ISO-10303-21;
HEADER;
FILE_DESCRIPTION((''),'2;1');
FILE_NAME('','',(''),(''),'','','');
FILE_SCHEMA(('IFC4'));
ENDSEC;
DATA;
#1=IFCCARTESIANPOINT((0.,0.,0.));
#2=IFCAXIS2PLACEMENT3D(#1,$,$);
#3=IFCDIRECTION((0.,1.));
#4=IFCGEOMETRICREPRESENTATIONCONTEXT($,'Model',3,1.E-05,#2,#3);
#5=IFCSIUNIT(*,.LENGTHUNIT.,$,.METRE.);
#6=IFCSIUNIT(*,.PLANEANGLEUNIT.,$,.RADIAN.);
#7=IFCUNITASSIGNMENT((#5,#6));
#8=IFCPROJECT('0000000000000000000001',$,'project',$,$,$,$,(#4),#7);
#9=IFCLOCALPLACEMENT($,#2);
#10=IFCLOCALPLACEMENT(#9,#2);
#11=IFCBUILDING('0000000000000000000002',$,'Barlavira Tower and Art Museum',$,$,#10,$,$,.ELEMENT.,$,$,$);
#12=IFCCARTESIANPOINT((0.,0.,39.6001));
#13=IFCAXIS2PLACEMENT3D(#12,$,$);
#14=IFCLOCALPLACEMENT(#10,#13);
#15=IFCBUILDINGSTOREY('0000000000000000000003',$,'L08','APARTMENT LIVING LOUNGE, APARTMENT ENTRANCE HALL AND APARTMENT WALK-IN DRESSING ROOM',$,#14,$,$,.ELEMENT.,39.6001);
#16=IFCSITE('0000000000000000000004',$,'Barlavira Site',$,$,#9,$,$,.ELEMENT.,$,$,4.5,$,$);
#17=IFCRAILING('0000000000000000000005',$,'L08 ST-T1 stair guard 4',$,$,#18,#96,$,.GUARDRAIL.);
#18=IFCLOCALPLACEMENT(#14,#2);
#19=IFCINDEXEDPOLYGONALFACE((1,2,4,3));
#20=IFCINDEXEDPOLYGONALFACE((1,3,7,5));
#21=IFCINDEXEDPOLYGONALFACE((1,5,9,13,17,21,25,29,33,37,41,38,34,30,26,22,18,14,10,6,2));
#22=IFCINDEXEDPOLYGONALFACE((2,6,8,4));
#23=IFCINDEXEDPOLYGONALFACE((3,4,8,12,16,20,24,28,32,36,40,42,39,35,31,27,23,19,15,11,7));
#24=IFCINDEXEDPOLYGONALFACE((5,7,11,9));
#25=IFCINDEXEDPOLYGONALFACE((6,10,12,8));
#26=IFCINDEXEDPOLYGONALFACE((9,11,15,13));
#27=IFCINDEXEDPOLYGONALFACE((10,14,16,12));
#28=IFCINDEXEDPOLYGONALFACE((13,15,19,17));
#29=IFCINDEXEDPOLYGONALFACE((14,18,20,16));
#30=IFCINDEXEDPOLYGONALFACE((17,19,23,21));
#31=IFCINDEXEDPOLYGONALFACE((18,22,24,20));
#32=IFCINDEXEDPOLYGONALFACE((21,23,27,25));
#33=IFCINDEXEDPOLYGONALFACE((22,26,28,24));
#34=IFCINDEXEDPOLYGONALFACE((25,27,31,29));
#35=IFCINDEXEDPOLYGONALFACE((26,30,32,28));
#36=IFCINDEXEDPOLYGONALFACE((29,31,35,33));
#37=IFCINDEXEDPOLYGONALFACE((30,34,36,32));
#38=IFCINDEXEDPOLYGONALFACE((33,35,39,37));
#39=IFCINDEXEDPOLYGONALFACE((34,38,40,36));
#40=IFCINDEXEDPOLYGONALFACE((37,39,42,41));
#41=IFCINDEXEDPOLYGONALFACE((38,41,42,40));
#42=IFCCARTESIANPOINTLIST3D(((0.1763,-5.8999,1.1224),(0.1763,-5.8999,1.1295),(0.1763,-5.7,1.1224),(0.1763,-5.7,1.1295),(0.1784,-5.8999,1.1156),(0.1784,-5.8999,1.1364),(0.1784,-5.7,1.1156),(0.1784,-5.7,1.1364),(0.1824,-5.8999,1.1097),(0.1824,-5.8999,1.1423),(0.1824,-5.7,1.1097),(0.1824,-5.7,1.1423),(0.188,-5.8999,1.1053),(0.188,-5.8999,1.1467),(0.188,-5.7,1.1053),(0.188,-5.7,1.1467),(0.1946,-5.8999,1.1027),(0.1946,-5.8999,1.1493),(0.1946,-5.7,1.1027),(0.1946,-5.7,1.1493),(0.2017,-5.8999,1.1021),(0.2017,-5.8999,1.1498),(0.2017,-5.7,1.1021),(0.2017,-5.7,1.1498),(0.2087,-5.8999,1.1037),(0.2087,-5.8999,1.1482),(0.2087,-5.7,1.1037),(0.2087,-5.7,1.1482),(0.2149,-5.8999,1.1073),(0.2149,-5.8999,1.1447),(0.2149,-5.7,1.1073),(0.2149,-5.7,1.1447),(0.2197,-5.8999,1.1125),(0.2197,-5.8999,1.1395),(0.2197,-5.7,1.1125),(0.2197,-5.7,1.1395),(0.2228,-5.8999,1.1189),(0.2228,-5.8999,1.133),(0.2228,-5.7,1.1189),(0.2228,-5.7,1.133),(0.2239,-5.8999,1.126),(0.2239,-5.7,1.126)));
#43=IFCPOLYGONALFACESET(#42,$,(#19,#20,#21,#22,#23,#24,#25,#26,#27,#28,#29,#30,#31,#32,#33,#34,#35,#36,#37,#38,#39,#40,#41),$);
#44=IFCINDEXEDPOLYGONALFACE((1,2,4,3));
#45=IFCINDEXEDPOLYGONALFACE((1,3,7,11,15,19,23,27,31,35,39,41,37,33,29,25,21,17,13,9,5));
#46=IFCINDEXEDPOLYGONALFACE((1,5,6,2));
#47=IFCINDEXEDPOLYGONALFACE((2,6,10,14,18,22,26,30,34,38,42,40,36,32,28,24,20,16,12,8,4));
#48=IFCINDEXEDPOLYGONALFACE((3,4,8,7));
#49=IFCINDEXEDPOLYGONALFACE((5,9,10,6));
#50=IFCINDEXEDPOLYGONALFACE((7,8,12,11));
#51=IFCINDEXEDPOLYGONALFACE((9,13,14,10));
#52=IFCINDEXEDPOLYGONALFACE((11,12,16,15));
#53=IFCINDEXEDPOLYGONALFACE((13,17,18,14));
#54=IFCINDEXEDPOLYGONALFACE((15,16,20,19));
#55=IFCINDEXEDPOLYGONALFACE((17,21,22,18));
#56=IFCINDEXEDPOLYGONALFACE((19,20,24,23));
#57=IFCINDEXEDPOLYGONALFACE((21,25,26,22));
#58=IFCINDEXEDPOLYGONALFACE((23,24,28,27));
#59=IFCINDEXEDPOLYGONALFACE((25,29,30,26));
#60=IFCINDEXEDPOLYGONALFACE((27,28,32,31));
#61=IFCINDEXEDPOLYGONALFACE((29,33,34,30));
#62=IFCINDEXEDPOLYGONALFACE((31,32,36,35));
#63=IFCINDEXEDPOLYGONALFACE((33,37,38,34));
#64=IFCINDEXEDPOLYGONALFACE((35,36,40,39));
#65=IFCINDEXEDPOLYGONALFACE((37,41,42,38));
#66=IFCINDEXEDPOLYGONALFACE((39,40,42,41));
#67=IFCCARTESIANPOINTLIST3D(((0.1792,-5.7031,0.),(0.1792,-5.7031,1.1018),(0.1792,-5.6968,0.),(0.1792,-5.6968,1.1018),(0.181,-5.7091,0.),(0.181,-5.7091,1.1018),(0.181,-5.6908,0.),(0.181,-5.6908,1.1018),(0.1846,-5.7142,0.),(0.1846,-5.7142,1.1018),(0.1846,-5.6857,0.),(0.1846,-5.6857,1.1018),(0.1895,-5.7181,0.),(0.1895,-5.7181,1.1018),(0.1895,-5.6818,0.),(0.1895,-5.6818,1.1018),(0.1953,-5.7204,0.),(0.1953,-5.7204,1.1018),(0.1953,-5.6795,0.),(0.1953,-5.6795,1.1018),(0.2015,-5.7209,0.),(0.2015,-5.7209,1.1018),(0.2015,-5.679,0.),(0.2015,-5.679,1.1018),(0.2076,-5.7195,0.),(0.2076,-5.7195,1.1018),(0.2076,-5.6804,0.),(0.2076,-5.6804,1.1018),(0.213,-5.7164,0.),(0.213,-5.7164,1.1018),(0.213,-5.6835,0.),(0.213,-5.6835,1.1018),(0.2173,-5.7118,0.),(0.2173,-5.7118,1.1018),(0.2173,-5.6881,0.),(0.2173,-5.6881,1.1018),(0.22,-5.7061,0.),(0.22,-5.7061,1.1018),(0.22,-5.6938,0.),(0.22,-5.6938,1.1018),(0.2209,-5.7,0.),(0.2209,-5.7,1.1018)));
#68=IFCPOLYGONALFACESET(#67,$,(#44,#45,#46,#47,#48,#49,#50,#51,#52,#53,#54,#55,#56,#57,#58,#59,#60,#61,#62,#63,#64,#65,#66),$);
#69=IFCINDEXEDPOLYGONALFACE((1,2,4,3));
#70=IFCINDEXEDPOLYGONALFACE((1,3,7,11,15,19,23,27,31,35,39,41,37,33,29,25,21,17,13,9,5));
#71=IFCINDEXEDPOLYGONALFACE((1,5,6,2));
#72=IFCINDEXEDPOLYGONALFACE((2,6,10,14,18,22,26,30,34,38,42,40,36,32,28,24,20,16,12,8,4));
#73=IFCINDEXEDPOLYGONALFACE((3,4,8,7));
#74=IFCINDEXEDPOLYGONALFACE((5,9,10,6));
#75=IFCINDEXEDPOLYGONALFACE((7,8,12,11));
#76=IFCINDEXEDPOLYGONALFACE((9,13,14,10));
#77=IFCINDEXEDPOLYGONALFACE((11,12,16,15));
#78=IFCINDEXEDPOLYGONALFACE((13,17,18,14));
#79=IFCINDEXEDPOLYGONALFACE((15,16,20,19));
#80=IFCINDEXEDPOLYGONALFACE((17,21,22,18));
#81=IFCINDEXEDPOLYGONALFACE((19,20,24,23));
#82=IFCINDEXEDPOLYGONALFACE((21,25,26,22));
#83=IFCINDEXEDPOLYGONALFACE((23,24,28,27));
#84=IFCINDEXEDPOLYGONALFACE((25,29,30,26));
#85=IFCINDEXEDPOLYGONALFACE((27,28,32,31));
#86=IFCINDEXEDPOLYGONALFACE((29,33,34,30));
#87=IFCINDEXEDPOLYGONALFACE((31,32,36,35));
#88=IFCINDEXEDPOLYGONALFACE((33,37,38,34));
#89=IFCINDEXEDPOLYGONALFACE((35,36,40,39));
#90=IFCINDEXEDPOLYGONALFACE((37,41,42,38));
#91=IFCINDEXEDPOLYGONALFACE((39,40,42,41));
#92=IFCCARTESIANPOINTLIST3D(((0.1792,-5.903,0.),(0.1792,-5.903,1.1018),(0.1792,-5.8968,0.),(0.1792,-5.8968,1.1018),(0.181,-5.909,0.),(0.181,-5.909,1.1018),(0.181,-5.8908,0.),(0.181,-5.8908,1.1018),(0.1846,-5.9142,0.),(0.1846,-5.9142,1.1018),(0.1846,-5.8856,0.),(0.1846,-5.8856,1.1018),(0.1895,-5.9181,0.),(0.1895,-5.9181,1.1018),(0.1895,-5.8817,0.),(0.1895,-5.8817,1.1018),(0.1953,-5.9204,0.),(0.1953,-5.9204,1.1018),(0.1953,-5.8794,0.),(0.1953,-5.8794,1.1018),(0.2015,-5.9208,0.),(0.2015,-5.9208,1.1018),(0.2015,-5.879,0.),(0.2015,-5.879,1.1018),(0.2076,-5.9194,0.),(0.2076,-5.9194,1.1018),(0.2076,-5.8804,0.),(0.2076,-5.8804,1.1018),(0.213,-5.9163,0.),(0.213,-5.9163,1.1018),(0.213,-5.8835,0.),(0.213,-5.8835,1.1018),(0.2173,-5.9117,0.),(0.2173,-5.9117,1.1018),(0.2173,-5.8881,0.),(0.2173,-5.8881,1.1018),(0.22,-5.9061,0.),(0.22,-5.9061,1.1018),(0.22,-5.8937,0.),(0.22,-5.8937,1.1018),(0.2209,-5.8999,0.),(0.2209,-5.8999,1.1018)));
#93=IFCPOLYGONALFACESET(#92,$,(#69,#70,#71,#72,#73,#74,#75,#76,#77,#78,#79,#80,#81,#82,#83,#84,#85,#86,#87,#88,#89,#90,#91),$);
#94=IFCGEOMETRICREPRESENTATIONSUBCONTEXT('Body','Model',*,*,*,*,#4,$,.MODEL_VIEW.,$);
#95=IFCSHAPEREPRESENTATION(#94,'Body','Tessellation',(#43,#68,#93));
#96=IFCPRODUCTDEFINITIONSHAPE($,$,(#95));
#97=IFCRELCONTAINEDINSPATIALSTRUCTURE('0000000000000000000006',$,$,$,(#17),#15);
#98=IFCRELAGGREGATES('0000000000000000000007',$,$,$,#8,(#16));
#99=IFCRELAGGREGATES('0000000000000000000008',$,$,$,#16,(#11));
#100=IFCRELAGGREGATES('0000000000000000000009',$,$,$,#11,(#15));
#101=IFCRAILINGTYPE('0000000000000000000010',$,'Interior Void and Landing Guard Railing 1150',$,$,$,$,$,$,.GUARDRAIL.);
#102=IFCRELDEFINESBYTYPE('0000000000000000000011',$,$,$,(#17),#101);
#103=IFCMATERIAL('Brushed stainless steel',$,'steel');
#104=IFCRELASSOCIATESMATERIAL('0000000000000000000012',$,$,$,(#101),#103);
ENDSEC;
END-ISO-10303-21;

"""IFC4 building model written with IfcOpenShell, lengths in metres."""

from ifc_helpers import new_model, si_unit, direction, frame, origin, origin_2d, place, context, subcontext, project, spatial, circle, extrude, material, type_object, element, save


model = new_model("IFC4")

# Units and contexts
model_context = context("Model", 3, precision=1e-05, world=origin(), true_north=direction((0.0, 1.0)))
body_context = subcontext(model_context, "Body", "Model", "MODEL_VIEW")
ifc_project = project(units=[si_unit("LENGTHUNIT", "METRE"), si_unit("PLANEANGLEUNIT", "RADIAN")], contexts=[model_context])

# Site, building, storey
site_placement = place(None, origin())
site = spatial("IfcSite", under=ifc_project, at=site_placement, Name="Barlavira Site", CompositionType="ELEMENT", RefElevation=4.5)
building_placement = place(site_placement, origin())
building = spatial("IfcBuilding", under=site, at=building_placement, Name="Barlavira Tower and Art Museum", CompositionType="ELEMENT")
storey_placement = place(building_placement, frame((0.0, 0.0, 39.6001)))
storey = spatial("IfcBuildingStorey", under=building, at=storey_placement, Name="L08", Description="APARTMENT LIVING LOUNGE, APARTMENT ENTRANCE HALL AND APARTMENT WALK-IN DRESSING ROOM", CompositionType="ELEMENT", Elevation=39.6001)

# Shared definitions
ifc_material_1 = material(Name="Brushed stainless steel", Category="steel")

# Railing
railing_type_1 = type_object("IfcRailingType", Name="Interior Void and Landing Guard Railing 1150", PredefinedType="GUARDRAIL", material=ifc_material_1)
railing_1_placement = place(storey_placement, frame((0.2, -5.7, 0.0)))
element("IfcRailing", 1, at=railing_1_placement, inside=storey, type_object=railing_type_1, Name="L08 ST-T1 stair guard 4", PredefinedType="GUARDRAIL", context=body_context, shape_type="SweptSolid", body=[
    extrude(circle(Radius=0.0239, at=origin_2d()), frame((0.0, 0.0, 1.126), z_axis=(0.0, -1.0, 0.0), x_axis=(1.0, 0.0, 0.0)), (0.0, 0.0, 1.0), 0.2),
    extrude(circle(Radius=0.021, at=origin_2d()), origin(), (0.0, 0.0, 1.0), 1.1018),
    extrude(circle(Radius=0.021, at=origin_2d()), frame((0.0, -0.2, 0.0)), (0.0, 0.0, 1.0), 1.1018),
])

save(model, "model.ifc")
